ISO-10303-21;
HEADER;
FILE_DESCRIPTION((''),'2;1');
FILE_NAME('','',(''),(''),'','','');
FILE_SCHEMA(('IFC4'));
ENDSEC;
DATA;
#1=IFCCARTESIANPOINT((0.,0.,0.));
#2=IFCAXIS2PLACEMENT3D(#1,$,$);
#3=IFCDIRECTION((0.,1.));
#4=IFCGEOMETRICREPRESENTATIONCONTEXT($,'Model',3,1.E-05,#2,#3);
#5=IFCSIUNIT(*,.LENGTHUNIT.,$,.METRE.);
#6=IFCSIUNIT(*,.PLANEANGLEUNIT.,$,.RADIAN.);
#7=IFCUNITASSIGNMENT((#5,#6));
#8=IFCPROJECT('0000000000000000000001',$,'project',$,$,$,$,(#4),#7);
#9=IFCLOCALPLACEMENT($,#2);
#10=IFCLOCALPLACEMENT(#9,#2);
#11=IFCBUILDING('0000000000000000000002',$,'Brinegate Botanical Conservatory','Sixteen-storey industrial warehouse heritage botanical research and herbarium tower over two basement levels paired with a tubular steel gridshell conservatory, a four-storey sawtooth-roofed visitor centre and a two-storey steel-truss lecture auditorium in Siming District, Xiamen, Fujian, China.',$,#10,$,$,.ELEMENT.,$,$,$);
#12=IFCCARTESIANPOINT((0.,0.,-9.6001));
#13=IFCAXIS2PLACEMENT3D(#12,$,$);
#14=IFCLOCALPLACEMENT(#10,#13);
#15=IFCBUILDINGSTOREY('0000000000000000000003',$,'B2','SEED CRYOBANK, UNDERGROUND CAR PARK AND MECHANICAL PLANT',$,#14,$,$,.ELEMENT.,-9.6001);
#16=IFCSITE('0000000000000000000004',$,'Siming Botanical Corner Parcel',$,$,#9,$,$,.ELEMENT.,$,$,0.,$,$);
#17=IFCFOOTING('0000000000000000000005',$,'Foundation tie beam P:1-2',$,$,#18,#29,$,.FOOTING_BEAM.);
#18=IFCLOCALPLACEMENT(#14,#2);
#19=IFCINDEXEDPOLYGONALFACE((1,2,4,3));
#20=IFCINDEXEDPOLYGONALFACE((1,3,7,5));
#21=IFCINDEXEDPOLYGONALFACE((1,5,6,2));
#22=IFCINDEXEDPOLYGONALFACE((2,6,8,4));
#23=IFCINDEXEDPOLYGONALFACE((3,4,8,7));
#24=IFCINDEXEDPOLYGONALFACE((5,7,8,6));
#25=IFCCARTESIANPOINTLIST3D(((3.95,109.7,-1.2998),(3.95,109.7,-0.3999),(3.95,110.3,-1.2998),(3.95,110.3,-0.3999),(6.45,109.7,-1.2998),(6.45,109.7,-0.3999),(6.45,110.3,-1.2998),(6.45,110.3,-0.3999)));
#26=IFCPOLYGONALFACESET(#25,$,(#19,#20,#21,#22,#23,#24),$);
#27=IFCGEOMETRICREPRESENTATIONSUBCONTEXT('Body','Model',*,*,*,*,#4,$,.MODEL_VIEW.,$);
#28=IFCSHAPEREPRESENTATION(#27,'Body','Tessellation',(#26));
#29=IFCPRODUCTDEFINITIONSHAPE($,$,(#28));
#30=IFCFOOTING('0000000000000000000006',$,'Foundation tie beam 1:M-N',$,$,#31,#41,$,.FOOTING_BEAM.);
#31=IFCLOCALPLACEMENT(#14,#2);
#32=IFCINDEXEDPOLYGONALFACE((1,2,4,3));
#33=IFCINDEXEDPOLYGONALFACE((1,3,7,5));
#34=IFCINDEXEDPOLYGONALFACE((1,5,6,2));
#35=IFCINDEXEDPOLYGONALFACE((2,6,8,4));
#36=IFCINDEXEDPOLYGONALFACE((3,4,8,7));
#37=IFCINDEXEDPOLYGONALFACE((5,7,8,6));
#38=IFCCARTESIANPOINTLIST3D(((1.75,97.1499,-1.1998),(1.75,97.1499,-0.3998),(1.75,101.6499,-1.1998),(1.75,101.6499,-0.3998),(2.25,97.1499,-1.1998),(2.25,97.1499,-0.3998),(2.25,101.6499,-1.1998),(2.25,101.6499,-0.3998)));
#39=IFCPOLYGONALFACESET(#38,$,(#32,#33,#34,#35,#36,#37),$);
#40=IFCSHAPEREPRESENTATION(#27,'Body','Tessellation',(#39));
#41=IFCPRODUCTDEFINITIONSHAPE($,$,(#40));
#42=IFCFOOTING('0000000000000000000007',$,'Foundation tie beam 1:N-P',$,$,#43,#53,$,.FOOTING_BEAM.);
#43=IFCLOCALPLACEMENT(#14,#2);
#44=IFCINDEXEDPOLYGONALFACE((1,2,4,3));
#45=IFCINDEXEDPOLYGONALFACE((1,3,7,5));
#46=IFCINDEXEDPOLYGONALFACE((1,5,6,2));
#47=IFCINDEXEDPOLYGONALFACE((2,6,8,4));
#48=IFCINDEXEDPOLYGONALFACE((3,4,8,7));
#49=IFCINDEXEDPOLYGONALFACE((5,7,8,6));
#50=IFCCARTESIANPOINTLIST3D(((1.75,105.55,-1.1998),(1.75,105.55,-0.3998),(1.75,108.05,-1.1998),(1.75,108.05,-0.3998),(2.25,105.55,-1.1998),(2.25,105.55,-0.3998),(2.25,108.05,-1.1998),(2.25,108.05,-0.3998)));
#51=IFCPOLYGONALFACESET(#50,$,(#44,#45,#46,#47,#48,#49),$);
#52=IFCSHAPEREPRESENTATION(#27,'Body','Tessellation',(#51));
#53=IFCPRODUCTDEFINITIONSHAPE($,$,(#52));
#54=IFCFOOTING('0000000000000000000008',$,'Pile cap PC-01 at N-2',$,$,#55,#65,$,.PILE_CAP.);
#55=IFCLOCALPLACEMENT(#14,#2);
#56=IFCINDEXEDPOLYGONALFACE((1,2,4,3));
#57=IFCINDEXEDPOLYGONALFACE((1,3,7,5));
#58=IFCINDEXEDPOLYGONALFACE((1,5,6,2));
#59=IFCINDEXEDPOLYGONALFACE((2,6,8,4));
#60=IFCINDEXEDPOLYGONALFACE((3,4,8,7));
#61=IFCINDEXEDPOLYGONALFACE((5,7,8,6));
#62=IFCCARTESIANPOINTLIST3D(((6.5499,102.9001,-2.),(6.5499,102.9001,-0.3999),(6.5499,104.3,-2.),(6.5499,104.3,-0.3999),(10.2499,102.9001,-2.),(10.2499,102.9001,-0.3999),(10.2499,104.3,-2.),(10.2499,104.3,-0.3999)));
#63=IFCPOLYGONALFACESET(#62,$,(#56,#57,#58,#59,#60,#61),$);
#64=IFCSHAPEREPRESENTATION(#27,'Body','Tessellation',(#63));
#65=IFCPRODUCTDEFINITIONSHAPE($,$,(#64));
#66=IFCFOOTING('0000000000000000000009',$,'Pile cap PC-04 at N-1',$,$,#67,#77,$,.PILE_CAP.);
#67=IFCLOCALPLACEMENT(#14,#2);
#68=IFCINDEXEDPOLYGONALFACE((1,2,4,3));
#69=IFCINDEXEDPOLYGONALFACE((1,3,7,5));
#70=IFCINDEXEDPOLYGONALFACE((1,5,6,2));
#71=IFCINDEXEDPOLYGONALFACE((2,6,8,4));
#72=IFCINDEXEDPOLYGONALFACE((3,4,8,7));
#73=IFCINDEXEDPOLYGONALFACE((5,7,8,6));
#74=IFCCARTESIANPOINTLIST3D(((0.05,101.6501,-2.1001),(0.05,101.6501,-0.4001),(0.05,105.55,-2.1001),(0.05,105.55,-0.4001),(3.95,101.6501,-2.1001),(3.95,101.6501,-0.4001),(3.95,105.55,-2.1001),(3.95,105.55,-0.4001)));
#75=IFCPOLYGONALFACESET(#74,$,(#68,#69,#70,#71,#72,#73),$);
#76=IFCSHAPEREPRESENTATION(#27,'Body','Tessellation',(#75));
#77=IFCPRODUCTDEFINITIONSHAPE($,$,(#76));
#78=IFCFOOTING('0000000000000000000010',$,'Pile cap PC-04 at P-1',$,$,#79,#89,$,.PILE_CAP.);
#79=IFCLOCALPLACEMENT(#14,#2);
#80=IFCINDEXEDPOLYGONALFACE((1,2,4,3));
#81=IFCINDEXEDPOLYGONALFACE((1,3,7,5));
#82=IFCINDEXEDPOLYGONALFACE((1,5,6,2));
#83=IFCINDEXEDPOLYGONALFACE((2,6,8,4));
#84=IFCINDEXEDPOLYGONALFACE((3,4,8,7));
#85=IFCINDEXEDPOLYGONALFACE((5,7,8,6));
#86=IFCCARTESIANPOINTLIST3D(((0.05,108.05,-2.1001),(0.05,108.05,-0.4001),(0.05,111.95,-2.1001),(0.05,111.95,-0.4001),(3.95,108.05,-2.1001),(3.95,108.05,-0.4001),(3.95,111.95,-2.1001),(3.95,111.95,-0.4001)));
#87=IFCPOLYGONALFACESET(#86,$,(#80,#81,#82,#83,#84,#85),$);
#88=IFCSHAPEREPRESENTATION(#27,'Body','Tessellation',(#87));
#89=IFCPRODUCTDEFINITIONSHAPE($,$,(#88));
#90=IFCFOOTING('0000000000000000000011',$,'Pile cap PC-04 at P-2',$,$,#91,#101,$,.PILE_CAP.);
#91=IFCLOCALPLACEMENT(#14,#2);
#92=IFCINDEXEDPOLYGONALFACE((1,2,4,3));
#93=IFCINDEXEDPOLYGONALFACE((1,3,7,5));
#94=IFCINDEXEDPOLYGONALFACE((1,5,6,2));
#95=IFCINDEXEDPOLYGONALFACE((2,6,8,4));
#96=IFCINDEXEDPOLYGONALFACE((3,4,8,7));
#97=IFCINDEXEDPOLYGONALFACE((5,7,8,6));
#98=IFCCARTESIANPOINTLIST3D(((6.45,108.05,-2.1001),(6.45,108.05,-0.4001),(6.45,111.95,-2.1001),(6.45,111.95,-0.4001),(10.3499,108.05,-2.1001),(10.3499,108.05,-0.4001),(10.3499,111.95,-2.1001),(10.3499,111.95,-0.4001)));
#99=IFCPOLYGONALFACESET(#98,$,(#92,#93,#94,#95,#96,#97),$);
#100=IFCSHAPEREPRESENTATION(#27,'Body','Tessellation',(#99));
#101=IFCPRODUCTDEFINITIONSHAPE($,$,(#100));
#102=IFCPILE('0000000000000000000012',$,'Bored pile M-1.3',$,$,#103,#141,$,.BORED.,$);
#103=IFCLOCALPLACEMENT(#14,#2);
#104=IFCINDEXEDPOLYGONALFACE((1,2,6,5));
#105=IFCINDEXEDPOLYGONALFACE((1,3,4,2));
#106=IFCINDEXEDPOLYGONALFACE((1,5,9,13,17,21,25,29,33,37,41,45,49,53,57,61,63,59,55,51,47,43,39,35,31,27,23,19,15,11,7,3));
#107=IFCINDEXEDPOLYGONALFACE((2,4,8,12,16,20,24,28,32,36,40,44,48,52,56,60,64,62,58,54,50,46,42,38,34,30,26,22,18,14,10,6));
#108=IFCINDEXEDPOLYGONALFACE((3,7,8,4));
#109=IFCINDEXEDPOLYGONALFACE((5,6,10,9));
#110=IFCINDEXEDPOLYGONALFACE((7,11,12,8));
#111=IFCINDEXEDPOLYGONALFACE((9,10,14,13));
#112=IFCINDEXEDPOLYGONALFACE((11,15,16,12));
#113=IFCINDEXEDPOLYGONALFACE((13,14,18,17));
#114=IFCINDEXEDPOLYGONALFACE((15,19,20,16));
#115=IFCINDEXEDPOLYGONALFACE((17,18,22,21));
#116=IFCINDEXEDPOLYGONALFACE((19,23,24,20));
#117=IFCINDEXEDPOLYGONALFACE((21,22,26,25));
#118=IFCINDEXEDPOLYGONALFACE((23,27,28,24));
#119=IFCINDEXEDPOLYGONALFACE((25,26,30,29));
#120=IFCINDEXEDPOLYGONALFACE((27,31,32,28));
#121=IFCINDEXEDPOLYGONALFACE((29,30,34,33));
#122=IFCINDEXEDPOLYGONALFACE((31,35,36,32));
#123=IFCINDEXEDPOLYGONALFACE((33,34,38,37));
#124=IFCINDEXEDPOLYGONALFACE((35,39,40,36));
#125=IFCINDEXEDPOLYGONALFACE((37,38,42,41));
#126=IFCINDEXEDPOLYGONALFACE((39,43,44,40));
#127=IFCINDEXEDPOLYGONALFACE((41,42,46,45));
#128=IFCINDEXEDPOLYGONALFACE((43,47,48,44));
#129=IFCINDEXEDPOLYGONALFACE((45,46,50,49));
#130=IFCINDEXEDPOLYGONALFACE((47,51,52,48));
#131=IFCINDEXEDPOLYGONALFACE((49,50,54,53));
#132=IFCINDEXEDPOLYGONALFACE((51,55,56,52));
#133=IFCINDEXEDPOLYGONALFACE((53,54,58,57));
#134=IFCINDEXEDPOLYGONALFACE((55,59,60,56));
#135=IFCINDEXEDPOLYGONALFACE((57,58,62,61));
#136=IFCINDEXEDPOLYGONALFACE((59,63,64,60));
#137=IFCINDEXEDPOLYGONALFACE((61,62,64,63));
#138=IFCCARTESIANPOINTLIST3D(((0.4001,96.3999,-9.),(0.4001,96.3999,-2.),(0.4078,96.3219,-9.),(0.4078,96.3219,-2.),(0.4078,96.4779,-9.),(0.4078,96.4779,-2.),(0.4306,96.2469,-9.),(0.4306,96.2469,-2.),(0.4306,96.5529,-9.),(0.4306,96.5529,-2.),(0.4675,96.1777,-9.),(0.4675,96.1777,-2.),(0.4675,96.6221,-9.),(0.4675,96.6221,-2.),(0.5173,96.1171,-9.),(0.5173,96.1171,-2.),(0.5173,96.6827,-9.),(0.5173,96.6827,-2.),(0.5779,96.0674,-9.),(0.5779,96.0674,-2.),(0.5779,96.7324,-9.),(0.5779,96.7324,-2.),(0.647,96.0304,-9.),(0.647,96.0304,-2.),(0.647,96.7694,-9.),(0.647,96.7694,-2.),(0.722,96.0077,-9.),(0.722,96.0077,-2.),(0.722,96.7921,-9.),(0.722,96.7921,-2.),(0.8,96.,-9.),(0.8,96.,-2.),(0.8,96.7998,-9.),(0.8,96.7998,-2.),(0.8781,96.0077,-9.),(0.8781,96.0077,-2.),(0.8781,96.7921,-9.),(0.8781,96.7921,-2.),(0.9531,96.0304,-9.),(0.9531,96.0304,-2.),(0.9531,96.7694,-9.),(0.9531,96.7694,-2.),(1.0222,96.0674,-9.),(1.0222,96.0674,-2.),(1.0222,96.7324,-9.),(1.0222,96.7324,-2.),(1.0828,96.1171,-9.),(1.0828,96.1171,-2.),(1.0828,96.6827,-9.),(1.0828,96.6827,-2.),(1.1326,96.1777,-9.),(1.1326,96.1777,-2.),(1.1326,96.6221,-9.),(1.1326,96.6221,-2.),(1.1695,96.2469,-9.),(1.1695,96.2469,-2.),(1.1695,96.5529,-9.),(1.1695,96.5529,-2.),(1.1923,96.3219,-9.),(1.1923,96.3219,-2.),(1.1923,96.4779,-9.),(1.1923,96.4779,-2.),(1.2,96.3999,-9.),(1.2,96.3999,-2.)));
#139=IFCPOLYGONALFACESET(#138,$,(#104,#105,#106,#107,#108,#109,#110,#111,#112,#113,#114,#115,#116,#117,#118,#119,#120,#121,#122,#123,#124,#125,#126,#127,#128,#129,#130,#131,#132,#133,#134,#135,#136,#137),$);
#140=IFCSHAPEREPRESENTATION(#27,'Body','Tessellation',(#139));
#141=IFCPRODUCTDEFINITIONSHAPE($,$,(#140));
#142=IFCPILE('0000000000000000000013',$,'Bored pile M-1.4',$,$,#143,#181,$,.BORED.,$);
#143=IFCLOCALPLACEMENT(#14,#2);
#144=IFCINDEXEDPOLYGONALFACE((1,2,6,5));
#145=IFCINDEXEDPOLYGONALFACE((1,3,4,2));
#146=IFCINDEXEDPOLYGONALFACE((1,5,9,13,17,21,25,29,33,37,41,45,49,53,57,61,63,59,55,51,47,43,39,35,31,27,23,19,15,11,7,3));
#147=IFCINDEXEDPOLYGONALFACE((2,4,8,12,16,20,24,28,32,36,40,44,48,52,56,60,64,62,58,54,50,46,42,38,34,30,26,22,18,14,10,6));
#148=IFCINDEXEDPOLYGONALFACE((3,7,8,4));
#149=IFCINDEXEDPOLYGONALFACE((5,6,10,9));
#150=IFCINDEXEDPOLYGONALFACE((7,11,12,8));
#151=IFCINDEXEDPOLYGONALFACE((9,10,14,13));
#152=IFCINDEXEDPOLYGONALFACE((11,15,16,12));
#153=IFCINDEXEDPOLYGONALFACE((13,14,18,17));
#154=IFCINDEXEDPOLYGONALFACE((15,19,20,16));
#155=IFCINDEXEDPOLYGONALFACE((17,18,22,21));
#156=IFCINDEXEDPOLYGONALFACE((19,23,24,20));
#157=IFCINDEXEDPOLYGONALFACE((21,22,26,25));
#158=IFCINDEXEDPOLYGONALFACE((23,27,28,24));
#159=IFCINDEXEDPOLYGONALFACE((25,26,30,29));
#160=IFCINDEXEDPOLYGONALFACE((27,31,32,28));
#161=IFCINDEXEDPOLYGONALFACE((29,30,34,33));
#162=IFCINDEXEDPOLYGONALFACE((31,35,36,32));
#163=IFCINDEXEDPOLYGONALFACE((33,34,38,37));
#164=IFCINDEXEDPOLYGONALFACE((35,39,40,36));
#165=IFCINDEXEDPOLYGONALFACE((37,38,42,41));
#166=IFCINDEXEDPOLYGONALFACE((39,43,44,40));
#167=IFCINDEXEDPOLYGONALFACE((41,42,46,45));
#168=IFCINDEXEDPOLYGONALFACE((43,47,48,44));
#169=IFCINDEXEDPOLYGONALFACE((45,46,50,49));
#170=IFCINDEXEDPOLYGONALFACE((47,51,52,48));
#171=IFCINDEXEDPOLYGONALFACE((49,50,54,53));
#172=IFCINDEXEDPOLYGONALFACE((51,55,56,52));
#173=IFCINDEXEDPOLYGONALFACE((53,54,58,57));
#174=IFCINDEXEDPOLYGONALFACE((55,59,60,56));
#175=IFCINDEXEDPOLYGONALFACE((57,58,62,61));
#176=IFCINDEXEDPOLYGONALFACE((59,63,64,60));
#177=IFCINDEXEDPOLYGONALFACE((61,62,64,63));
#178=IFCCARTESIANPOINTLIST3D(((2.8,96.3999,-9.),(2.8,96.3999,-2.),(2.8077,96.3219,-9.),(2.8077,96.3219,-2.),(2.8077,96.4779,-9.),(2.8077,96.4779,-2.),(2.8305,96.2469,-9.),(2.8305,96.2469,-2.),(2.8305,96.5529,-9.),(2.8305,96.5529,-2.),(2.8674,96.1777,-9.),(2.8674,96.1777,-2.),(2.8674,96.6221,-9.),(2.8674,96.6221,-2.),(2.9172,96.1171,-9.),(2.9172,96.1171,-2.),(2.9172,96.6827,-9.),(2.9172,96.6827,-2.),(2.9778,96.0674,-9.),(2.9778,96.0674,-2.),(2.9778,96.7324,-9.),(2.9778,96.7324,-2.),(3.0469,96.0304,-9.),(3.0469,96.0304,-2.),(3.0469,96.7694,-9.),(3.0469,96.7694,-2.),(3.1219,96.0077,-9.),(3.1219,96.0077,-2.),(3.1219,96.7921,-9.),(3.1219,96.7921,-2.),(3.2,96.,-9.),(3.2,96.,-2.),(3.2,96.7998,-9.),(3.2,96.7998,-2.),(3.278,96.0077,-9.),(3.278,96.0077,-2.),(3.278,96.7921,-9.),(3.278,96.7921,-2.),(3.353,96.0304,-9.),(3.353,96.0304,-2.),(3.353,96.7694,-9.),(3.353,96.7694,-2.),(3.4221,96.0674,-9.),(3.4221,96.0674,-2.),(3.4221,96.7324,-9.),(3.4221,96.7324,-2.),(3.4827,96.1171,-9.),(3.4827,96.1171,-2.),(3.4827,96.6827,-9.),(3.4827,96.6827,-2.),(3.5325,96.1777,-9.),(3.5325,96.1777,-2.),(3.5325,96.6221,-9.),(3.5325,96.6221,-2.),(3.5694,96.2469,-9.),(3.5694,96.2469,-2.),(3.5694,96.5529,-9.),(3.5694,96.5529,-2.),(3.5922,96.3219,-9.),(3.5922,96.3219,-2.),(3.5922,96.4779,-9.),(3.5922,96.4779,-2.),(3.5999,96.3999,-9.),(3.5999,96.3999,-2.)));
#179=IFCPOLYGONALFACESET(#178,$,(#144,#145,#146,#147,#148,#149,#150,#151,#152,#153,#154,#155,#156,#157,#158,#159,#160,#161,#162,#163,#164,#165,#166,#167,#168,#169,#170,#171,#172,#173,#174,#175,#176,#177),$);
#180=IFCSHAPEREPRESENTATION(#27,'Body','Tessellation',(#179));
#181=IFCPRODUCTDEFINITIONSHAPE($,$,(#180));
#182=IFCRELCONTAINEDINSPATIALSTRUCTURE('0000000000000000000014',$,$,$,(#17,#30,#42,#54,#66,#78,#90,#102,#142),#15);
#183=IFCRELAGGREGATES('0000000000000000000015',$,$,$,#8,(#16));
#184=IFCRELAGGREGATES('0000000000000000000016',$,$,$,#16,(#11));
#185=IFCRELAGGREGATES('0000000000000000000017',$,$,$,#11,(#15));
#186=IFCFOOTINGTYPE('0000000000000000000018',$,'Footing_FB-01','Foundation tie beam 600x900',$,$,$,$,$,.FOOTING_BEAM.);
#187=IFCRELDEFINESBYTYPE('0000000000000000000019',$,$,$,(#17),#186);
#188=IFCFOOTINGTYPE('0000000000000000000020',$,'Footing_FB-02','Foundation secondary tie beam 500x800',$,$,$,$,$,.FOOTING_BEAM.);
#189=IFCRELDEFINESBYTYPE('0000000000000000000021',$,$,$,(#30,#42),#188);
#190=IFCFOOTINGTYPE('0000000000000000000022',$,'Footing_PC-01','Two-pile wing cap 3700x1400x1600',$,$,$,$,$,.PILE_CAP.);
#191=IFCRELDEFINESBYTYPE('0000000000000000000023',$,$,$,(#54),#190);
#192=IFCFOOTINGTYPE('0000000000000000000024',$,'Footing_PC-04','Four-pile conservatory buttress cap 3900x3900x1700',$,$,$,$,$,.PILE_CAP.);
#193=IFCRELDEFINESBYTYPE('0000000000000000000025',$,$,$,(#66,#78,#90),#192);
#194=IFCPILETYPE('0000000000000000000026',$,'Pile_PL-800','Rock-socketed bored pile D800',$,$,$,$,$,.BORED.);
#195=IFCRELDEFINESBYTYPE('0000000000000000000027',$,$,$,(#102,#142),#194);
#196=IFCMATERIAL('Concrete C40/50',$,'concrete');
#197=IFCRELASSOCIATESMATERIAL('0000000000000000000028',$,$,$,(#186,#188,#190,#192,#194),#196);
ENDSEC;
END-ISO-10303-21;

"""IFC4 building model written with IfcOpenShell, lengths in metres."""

from ifc_helpers import new_model, si_unit, direction, frame, origin, origin_2d, place, context, subcontext, project, spatial, rectangle, circle, extrude, material, material_profile, profile_set, type_object, element, save


model = new_model("IFC4")

# Units and contexts
model_context = context("Model", 3, precision=1e-05, world=origin(), true_north=direction((0.0, 1.0)))
body_context = subcontext(model_context, "Body", "Model", "MODEL_VIEW")
ifc_project = project(units=[si_unit("LENGTHUNIT", "METRE"), si_unit("PLANEANGLEUNIT", "RADIAN")], contexts=[model_context])

# Site, building, storey
site_placement = place(None, origin())
site = spatial("IfcSite", under=ifc_project, at=site_placement, Name="Siming Botanical Corner Parcel", CompositionType="ELEMENT", RefElevation=0.0)
building_placement = place(site_placement, origin())
building = spatial("IfcBuilding", under=site, at=building_placement, Name="Brinegate Botanical Conservatory", Description="Sixteen-storey industrial warehouse heritage botanical research and herbarium tower over two basement levels paired with a tubular steel gridshell conservatory, a four-storey sawtooth-roofed visitor centre and a two-storey steel-truss lecture auditorium in Siming District, Xiamen, Fujian, China.", CompositionType="ELEMENT")
storey_placement = place(building_placement, frame((0.0, 0.0, -9.6001)))
storey = spatial("IfcBuildingStorey", under=building, at=storey_placement, Name="B2", Description="SEED CRYOBANK, UNDERGROUND CAR PARK AND MECHANICAL PLANT", CompositionType="ELEMENT", Elevation=-9.6001)

# Footings
ifc_material_1 = material(Name="Concrete C40/50", Category="concrete")
ifc_material_profile_1 = material_profile(ifc_material_1, rectangle(XDim=0.6001, YDim=0.8999, at=origin_2d()), Name="RC GB 600x900")
ifc_profile_set_1 = profile_set([ifc_material_profile_1], Name="Concrete C40/50")
footing_type_1 = type_object("IfcFootingType", Name="Footing_FB-01", Description="Foundation tie beam 600x900", PredefinedType="FOOTING_BEAM", material=ifc_profile_set_1)
footing_1_placement = place(storey_placement, frame((3.95, 110.0, -0.8499), z_axis=(1.0, 0.0, 0.0), x_axis=(0.0, 1.0, 0.0)))
element("IfcFooting", 1, at=footing_1_placement, inside=storey, type_object=footing_type_1, Name="Foundation tie beam P:1-2", PredefinedType="FOOTING_BEAM", context=body_context, shape_type="SweptSolid", body=[
    extrude(rectangle(XDim=0.6001, YDim=0.8999, at=origin_2d()), origin(), (0.0, 0.0, 1.0), 2.5),
])
ifc_material_profile_2 = material_profile(ifc_material_1, rectangle(XDim=0.5, YDim=0.8, at=origin_2d()), Name="RC GB 500x800")
ifc_profile_set_2 = profile_set([ifc_material_profile_2], Name="Concrete C40/50")
footing_type_2 = type_object("IfcFootingType", Name="Footing_FB-02", Description="Foundation secondary tie beam 500x800", PredefinedType="FOOTING_BEAM", material=ifc_profile_set_2)
footing_2_placement = place(storey_placement, frame((2.0, 97.1499, -0.7998), z_axis=(0.0, 1.0, 0.0), x_axis=(-1.0, 0.0, 0.0)))
element("IfcFooting", 2, at=footing_2_placement, inside=storey, type_object=footing_type_2, Name="Foundation tie beam 1:M-N", PredefinedType="FOOTING_BEAM", context=body_context, shape_type="SweptSolid", body=[
    extrude(rectangle(XDim=0.5, YDim=0.8, at=origin_2d()), origin(), (0.0, 0.0, 1.0), 4.5),
])
footing_3_placement = place(storey_placement, frame((2.0, 105.55, -0.7998), z_axis=(0.0, 1.0, 0.0), x_axis=(-1.0, 0.0, 0.0)))
element("IfcFooting", 3, at=footing_3_placement, inside=storey, type_object=footing_type_2, Name="Foundation tie beam 1:N-P", PredefinedType="FOOTING_BEAM", context=body_context, shape_type="SweptSolid", body=[
    extrude(rectangle(XDim=0.5, YDim=0.8, at=origin_2d()), origin(), (0.0, 0.0, 1.0), 2.5),
])
footing_type_3 = type_object("IfcFootingType", Name="Footing_PC-01", Description="Two-pile wing cap 3700x1400x1600", PredefinedType="PILE_CAP", material=ifc_material_1)
footing_4_placement = place(storey_placement, frame((8.3999, 103.6001, -2.0), z_axis=(0.0, 0.0, 1.0), x_axis=(1.0, 0.0, 0.0)))
element("IfcFooting", 4, at=footing_4_placement, inside=storey, type_object=footing_type_3, Name="Pile cap PC-01 at N-2", PredefinedType="PILE_CAP", context=body_context, shape_type="SweptSolid", body=[
    extrude(rectangle(XDim=3.7, YDim=1.3999, at=origin_2d()), origin(), (0.0, 0.0, 1.0), 1.6001),
])
footing_type_4 = type_object("IfcFootingType", Name="Footing_PC-04", Description="Four-pile conservatory buttress cap 3900x3900x1700", PredefinedType="PILE_CAP", material=ifc_material_1)
for number, where, z_axis, x_axis, name in (
    (5, (2.0, 103.6001, -2.1001), (0.0, 0.0, 1.0), (1.0, 0.0, 0.0), "Pile cap PC-04 at N-1"),
    (6, (2.0, 110.0, -2.1001), (0.0, 0.0, 1.0), (1.0, 0.0, 0.0), "Pile cap PC-04 at P-1"),
    (7, (8.3999, 110.0, -2.1001), (0.0, 0.0, 1.0), (1.0, 0.0, 0.0), "Pile cap PC-04 at P-2"),
):
    element("IfcFooting", number, at=place(storey_placement, frame(where, z_axis=z_axis, x_axis=x_axis)), inside=storey, type_object=footing_type_4, Name=name, PredefinedType="PILE_CAP", context=body_context, shape_type="SweptSolid", body=[
        extrude(rectangle(XDim=3.8999, YDim=3.8999, at=origin_2d()), origin(), (0.0, 0.0, 1.0), 1.7),
    ])

# Piles
ifc_material_profile_3 = material_profile(ifc_material_1, circle(Radius=0.3999, at=origin_2d()), Name="PILE D800")
ifc_profile_set_3 = profile_set([ifc_material_profile_3], Name="Concrete C40/50")
pile_type = type_object("IfcPileType", Name="Pile_PL-800", Description="Rock-socketed bored pile D800", PredefinedType="BORED", material=ifc_profile_set_3)
for number, where, z_axis, x_axis, name in (
    (8, (0.8, 96.3999, -2.0), (0.0, 0.0, -1.0), (1.0, 0.0, 0.0), "Bored pile M-1.3"),
    (9, (3.2, 96.3999, -2.0), (0.0, 0.0, -1.0), (1.0, 0.0, 0.0), "Bored pile M-1.4"),
):
    element("IfcPile", number, at=place(storey_placement, frame(where, z_axis=z_axis, x_axis=x_axis)), inside=storey, type_object=pile_type, Name=name, PredefinedType="BORED", context=body_context, shape_type="SweptSolid", body=[
        extrude(circle(Radius=0.3999, at=origin_2d()), origin(), (0.0, 0.0, 1.0), 7.0),
    ])

save(model, "model.ifc")
